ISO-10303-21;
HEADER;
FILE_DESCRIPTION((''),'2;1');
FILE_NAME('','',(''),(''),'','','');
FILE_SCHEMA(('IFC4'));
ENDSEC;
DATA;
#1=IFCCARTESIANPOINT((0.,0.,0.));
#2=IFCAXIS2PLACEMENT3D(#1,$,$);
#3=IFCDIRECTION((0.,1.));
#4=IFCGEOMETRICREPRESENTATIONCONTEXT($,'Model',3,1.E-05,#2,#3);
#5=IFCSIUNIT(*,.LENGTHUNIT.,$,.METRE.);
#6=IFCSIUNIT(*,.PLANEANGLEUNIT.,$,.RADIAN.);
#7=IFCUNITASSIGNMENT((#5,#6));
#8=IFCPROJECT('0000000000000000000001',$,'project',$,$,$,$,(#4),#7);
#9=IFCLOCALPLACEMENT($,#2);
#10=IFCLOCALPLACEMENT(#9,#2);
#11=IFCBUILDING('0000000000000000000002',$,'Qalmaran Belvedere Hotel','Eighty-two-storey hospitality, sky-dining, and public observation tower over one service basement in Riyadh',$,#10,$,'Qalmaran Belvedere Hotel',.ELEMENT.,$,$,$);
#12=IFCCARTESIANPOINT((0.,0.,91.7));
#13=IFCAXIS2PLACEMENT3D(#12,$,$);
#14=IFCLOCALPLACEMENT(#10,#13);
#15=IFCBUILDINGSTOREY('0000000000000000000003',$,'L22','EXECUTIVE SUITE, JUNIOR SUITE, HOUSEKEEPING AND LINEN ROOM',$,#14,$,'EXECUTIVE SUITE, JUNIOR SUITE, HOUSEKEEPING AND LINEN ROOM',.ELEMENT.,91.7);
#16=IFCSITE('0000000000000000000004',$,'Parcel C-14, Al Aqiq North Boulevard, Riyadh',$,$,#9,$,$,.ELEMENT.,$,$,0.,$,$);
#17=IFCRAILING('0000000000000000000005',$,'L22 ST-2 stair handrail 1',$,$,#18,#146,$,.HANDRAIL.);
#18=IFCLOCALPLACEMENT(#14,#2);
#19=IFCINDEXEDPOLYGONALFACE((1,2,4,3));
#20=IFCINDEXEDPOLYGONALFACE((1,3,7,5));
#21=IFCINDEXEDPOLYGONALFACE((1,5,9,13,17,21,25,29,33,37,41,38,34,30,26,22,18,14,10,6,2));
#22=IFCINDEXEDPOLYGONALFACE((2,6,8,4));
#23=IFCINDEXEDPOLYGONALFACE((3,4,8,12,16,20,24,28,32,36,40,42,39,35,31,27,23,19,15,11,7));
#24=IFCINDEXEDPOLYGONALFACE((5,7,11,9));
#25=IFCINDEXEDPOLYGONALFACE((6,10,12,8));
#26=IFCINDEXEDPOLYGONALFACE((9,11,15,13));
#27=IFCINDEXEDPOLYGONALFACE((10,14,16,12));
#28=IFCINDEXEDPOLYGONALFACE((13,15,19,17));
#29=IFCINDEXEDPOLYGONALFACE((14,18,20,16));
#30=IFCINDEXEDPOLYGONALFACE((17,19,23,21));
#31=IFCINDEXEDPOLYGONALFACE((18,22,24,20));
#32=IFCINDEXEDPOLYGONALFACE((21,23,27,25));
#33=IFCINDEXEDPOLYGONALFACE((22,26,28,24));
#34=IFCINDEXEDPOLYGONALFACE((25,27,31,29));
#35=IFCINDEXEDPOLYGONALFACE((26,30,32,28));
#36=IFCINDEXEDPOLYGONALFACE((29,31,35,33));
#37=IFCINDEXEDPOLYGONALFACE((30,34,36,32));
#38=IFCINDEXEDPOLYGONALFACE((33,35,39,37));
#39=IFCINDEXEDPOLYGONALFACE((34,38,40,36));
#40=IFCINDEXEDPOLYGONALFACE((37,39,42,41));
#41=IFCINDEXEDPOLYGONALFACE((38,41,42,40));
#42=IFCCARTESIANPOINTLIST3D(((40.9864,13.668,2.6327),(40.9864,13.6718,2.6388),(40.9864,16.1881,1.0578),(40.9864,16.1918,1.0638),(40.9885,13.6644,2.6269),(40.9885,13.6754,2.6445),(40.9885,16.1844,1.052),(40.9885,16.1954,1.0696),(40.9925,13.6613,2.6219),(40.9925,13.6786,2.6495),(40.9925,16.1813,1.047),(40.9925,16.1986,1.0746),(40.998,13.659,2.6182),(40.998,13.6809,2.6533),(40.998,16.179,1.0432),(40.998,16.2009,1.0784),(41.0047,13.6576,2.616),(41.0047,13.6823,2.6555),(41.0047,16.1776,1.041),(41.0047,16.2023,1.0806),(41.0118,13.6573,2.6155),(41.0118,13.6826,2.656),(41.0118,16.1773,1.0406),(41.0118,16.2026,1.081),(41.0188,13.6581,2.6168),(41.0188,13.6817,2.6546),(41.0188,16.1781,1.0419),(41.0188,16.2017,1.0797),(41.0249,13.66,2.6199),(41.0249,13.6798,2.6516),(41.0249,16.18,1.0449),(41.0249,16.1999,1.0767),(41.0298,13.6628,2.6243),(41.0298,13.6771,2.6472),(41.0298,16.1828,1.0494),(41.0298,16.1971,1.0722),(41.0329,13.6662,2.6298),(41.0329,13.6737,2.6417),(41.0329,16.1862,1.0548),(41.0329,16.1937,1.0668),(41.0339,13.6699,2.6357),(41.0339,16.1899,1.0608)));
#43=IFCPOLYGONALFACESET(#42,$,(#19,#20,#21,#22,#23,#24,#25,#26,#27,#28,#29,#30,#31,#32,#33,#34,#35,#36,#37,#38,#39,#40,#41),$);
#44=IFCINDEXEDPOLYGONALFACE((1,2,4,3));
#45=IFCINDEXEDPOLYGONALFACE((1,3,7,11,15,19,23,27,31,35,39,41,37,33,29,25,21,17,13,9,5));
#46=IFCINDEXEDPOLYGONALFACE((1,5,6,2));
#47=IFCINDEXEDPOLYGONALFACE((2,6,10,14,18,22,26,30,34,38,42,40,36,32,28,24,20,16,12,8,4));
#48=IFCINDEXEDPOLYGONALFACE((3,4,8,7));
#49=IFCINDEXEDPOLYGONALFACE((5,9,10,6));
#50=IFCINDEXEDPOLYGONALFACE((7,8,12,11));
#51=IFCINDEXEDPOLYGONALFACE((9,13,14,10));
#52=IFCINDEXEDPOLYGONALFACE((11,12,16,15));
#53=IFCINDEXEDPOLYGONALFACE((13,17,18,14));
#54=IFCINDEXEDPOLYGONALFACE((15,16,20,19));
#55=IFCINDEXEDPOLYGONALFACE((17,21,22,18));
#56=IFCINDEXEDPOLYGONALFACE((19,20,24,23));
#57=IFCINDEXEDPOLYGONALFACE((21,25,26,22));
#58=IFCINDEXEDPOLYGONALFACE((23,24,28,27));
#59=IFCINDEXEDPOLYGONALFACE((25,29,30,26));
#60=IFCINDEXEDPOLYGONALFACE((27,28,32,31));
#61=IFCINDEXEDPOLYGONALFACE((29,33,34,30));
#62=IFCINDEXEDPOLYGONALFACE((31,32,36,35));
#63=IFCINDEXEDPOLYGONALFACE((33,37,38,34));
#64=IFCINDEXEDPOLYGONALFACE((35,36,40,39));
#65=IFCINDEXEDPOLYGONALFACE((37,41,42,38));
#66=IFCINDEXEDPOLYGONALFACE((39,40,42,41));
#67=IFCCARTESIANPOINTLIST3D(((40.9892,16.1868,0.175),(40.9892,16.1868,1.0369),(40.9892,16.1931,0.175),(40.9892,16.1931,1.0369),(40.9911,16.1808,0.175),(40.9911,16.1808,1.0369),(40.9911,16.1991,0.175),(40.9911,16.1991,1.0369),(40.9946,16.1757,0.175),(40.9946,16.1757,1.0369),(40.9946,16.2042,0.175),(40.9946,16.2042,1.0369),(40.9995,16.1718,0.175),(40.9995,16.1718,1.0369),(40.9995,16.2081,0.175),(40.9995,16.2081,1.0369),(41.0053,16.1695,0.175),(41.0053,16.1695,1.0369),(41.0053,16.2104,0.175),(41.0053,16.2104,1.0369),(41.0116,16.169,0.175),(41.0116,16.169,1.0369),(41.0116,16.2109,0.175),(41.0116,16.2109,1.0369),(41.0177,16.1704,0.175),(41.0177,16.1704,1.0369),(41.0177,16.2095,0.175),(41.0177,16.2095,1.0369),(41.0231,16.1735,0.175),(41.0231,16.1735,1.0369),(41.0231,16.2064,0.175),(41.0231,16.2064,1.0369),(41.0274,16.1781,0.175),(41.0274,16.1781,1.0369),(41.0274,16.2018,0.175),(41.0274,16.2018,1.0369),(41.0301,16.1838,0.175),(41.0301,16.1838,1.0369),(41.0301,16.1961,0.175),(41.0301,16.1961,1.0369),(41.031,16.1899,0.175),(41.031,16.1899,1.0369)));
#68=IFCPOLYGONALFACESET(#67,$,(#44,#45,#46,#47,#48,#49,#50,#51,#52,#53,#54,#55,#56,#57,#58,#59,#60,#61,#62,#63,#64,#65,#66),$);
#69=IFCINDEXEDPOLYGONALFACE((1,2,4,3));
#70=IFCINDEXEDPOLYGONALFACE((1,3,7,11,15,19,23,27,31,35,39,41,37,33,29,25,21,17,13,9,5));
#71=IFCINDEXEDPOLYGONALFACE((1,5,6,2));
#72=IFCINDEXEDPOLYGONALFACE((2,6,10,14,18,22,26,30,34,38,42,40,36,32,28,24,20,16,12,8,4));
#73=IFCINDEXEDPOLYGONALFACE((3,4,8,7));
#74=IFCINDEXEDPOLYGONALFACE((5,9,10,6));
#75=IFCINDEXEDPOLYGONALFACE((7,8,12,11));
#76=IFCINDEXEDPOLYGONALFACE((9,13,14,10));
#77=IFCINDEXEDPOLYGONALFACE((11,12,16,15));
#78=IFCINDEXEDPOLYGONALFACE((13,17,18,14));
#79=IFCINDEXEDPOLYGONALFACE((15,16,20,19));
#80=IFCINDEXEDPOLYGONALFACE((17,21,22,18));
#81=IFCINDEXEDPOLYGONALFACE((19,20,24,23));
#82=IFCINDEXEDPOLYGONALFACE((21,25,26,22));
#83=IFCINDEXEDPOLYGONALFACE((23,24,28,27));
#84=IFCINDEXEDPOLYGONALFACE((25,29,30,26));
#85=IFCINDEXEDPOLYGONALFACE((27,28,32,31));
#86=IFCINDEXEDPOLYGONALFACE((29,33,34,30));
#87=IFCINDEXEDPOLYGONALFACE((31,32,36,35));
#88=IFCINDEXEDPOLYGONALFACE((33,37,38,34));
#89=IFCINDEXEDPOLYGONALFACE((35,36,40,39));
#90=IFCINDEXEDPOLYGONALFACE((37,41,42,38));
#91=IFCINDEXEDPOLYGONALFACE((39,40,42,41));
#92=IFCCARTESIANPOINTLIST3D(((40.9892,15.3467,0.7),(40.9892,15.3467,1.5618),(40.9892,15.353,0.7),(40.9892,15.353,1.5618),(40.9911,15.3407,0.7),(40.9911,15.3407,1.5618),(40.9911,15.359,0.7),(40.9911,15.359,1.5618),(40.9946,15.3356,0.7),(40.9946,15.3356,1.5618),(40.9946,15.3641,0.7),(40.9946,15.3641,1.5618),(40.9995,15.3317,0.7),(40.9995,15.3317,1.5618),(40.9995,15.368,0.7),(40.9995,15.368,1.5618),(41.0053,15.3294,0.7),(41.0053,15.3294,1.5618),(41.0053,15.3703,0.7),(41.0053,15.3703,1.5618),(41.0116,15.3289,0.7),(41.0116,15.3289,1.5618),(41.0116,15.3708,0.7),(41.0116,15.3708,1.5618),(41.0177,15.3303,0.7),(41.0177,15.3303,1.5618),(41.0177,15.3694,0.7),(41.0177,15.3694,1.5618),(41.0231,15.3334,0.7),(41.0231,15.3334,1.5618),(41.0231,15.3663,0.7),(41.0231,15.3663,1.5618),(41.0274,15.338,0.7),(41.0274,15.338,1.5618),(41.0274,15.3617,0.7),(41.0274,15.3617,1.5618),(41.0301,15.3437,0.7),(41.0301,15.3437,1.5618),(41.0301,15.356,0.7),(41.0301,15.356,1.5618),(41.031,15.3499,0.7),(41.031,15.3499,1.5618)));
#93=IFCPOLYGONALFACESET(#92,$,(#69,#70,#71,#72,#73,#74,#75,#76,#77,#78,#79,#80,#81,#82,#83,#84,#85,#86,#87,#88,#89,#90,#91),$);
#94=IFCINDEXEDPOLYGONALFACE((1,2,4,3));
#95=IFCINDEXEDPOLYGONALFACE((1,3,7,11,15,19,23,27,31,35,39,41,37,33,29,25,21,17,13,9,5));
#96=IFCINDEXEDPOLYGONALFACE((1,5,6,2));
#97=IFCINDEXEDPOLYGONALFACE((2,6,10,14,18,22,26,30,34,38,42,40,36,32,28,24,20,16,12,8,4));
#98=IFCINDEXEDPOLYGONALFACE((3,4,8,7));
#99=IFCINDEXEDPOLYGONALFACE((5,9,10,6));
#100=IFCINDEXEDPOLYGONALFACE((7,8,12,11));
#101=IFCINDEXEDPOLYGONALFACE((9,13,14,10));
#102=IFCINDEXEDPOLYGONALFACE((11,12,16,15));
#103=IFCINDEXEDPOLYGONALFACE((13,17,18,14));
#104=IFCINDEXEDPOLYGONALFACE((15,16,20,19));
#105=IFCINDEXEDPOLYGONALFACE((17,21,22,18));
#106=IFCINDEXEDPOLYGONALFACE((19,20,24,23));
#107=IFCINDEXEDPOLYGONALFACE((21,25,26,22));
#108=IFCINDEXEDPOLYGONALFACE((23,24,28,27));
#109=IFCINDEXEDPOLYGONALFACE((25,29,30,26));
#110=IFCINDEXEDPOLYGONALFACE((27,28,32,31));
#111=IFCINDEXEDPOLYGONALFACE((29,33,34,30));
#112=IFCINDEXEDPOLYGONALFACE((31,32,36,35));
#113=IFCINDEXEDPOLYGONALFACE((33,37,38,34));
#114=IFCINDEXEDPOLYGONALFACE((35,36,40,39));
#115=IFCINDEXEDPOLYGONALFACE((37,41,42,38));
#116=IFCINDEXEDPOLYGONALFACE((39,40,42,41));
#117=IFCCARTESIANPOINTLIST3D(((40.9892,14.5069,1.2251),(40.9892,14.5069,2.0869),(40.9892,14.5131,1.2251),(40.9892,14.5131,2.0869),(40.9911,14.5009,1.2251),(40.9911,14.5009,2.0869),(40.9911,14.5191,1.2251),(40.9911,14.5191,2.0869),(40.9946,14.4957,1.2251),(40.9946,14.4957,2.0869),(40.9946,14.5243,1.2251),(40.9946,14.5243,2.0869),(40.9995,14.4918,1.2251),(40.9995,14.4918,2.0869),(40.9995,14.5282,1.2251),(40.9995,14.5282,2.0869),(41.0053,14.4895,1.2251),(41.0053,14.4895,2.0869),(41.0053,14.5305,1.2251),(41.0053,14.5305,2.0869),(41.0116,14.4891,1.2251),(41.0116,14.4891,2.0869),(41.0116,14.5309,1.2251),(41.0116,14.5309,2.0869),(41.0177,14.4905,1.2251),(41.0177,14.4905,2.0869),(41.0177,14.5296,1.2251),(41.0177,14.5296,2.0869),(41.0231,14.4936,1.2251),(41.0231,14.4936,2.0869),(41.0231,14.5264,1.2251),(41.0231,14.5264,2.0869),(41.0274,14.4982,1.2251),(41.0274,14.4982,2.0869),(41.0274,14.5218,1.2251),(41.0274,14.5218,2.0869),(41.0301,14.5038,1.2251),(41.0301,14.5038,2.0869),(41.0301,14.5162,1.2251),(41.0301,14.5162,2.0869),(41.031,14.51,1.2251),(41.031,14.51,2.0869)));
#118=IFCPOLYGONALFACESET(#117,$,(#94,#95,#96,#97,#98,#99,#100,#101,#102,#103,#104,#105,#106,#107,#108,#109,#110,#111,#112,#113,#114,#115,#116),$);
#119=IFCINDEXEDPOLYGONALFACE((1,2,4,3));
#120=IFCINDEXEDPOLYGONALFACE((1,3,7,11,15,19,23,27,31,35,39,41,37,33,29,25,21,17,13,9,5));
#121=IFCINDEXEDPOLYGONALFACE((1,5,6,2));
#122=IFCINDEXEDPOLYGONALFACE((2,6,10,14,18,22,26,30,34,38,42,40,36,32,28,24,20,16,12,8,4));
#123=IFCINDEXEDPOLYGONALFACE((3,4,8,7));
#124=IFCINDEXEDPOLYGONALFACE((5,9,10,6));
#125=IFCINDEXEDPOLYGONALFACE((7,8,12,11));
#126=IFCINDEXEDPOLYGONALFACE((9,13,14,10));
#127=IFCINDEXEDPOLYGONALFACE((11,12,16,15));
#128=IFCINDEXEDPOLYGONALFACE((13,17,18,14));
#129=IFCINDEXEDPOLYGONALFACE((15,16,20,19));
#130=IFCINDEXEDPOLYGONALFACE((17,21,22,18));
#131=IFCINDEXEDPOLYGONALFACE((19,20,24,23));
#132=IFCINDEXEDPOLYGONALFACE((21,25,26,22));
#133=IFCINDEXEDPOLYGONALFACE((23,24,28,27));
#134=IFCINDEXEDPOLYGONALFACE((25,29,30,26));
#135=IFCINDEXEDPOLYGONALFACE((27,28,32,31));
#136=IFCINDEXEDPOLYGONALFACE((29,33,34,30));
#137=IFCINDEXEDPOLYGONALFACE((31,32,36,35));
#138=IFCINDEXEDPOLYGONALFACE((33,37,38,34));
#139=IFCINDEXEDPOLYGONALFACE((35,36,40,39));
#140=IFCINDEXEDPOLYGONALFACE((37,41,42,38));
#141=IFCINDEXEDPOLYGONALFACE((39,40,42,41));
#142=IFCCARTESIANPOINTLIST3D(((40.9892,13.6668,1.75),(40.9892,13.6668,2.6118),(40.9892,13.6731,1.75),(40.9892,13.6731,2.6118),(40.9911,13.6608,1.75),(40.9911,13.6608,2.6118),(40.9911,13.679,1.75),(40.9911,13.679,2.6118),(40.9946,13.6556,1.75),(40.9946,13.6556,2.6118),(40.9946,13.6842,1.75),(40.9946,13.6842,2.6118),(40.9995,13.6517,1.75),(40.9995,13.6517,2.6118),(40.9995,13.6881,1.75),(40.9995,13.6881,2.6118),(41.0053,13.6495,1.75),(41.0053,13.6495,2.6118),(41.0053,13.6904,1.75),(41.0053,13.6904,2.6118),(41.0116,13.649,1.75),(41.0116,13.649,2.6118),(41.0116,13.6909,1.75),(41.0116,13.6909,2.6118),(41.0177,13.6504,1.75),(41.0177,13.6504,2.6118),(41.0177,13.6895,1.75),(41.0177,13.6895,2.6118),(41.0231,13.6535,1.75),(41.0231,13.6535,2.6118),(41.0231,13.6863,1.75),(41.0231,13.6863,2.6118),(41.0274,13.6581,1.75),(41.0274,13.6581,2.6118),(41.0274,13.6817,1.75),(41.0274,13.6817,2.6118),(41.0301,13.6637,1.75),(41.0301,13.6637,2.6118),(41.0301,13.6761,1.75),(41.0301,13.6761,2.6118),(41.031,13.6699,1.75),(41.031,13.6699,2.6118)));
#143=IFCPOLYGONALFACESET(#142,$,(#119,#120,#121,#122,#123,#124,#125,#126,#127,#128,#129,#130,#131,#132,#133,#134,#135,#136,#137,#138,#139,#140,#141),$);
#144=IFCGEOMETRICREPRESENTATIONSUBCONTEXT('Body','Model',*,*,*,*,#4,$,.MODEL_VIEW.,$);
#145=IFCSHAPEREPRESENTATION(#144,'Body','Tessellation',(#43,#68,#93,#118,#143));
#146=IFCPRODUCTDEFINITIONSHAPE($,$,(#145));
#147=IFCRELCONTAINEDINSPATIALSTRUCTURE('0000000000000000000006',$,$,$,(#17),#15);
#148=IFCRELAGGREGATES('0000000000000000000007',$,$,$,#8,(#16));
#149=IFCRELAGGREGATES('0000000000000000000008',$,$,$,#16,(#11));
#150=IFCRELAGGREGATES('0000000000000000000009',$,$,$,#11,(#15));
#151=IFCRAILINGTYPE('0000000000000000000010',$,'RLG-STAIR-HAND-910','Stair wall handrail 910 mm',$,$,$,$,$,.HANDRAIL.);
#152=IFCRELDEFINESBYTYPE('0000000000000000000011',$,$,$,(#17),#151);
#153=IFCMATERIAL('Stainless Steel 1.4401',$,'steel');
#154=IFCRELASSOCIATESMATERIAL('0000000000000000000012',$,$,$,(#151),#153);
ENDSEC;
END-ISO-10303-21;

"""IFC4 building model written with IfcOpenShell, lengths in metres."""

from ifc_helpers import new_model, si_unit, direction, frame, origin, origin_2d, place, context, subcontext, project, spatial, circle, extrude, material, type_object, element, save


model = new_model("IFC4")

# Units and contexts
model_context = context("Model", 3, precision=1e-05, world=origin(), true_north=direction((0.0, 1.0)))
body_context = subcontext(model_context, "Body", "Model", "MODEL_VIEW")
ifc_project = project(units=[si_unit("LENGTHUNIT", "METRE"), si_unit("PLANEANGLEUNIT", "RADIAN")], contexts=[model_context])

# Site, building, storey
site_placement = place(None, origin())
site = spatial("IfcSite", under=ifc_project, at=site_placement, Name="Parcel C-14, Al Aqiq North Boulevard, Riyadh", CompositionType="ELEMENT", RefElevation=0.0)
building_placement = place(site_placement, origin())
building = spatial("IfcBuilding", under=site, at=building_placement, Name="Qalmaran Belvedere Hotel", Description="Eighty-two-storey hospitality, sky-dining, and public observation tower over one service basement in Riyadh", LongName="Qalmaran Belvedere Hotel", CompositionType="ELEMENT")
storey_placement = place(building_placement, frame((0.0, 0.0, 91.7)))
storey = spatial("IfcBuildingStorey", under=building, at=storey_placement, Name="L22", Description="EXECUTIVE SUITE, JUNIOR SUITE, HOUSEKEEPING AND LINEN ROOM", LongName="EXECUTIVE SUITE, JUNIOR SUITE, HOUSEKEEPING AND LINEN ROOM", CompositionType="ELEMENT", Elevation=91.7)

# Shared definitions
ifc_material_1 = material(Name="Stainless Steel 1.4401", Category="steel")

# Railing
railing_type_1 = type_object("IfcRailingType", Name="RLG-STAIR-HAND-910", Description="Stair wall handrail 910 mm", PredefinedType="HANDRAIL", material=ifc_material_1)
railing_1_placement = place(storey_placement, frame((41.01, 16.1899, 0.175)))
element("IfcRailing", 1, at=railing_1_placement, inside=storey, type_object=railing_type_1, Name="L22 ST-2 stair handrail 1", PredefinedType="HANDRAIL", context=body_context, shape_type="SweptSolid", body=[
    extrude(circle(Radius=0.0239, at=origin_2d()), frame((0.0, 0.0, 0.8857), z_axis=(0.0, -0.848008, 0.529984), x_axis=(1.0, 0.0, 0.0)), (0.0, 0.0, 1.0), 2.9717),
    extrude(circle(Radius=0.021, at=origin_2d()), origin(), (0.0, 0.0, 1.0), 0.8618),
    extrude(circle(Radius=0.021, at=origin_2d()), frame((0.0, -0.8401, 0.5249)), (0.0, 0.0, 1.0), 0.8618),
    extrude(circle(Radius=0.021, at=origin_2d()), frame((0.0, -1.6799, 1.05)), (0.0, 0.0, 1.0), 0.8618),
    extrude(circle(Radius=0.021, at=origin_2d()), frame((0.0, -2.52, 1.575)), (0.0, 0.0, 1.0), 0.8618),
])

save(model, "model.ifc")
